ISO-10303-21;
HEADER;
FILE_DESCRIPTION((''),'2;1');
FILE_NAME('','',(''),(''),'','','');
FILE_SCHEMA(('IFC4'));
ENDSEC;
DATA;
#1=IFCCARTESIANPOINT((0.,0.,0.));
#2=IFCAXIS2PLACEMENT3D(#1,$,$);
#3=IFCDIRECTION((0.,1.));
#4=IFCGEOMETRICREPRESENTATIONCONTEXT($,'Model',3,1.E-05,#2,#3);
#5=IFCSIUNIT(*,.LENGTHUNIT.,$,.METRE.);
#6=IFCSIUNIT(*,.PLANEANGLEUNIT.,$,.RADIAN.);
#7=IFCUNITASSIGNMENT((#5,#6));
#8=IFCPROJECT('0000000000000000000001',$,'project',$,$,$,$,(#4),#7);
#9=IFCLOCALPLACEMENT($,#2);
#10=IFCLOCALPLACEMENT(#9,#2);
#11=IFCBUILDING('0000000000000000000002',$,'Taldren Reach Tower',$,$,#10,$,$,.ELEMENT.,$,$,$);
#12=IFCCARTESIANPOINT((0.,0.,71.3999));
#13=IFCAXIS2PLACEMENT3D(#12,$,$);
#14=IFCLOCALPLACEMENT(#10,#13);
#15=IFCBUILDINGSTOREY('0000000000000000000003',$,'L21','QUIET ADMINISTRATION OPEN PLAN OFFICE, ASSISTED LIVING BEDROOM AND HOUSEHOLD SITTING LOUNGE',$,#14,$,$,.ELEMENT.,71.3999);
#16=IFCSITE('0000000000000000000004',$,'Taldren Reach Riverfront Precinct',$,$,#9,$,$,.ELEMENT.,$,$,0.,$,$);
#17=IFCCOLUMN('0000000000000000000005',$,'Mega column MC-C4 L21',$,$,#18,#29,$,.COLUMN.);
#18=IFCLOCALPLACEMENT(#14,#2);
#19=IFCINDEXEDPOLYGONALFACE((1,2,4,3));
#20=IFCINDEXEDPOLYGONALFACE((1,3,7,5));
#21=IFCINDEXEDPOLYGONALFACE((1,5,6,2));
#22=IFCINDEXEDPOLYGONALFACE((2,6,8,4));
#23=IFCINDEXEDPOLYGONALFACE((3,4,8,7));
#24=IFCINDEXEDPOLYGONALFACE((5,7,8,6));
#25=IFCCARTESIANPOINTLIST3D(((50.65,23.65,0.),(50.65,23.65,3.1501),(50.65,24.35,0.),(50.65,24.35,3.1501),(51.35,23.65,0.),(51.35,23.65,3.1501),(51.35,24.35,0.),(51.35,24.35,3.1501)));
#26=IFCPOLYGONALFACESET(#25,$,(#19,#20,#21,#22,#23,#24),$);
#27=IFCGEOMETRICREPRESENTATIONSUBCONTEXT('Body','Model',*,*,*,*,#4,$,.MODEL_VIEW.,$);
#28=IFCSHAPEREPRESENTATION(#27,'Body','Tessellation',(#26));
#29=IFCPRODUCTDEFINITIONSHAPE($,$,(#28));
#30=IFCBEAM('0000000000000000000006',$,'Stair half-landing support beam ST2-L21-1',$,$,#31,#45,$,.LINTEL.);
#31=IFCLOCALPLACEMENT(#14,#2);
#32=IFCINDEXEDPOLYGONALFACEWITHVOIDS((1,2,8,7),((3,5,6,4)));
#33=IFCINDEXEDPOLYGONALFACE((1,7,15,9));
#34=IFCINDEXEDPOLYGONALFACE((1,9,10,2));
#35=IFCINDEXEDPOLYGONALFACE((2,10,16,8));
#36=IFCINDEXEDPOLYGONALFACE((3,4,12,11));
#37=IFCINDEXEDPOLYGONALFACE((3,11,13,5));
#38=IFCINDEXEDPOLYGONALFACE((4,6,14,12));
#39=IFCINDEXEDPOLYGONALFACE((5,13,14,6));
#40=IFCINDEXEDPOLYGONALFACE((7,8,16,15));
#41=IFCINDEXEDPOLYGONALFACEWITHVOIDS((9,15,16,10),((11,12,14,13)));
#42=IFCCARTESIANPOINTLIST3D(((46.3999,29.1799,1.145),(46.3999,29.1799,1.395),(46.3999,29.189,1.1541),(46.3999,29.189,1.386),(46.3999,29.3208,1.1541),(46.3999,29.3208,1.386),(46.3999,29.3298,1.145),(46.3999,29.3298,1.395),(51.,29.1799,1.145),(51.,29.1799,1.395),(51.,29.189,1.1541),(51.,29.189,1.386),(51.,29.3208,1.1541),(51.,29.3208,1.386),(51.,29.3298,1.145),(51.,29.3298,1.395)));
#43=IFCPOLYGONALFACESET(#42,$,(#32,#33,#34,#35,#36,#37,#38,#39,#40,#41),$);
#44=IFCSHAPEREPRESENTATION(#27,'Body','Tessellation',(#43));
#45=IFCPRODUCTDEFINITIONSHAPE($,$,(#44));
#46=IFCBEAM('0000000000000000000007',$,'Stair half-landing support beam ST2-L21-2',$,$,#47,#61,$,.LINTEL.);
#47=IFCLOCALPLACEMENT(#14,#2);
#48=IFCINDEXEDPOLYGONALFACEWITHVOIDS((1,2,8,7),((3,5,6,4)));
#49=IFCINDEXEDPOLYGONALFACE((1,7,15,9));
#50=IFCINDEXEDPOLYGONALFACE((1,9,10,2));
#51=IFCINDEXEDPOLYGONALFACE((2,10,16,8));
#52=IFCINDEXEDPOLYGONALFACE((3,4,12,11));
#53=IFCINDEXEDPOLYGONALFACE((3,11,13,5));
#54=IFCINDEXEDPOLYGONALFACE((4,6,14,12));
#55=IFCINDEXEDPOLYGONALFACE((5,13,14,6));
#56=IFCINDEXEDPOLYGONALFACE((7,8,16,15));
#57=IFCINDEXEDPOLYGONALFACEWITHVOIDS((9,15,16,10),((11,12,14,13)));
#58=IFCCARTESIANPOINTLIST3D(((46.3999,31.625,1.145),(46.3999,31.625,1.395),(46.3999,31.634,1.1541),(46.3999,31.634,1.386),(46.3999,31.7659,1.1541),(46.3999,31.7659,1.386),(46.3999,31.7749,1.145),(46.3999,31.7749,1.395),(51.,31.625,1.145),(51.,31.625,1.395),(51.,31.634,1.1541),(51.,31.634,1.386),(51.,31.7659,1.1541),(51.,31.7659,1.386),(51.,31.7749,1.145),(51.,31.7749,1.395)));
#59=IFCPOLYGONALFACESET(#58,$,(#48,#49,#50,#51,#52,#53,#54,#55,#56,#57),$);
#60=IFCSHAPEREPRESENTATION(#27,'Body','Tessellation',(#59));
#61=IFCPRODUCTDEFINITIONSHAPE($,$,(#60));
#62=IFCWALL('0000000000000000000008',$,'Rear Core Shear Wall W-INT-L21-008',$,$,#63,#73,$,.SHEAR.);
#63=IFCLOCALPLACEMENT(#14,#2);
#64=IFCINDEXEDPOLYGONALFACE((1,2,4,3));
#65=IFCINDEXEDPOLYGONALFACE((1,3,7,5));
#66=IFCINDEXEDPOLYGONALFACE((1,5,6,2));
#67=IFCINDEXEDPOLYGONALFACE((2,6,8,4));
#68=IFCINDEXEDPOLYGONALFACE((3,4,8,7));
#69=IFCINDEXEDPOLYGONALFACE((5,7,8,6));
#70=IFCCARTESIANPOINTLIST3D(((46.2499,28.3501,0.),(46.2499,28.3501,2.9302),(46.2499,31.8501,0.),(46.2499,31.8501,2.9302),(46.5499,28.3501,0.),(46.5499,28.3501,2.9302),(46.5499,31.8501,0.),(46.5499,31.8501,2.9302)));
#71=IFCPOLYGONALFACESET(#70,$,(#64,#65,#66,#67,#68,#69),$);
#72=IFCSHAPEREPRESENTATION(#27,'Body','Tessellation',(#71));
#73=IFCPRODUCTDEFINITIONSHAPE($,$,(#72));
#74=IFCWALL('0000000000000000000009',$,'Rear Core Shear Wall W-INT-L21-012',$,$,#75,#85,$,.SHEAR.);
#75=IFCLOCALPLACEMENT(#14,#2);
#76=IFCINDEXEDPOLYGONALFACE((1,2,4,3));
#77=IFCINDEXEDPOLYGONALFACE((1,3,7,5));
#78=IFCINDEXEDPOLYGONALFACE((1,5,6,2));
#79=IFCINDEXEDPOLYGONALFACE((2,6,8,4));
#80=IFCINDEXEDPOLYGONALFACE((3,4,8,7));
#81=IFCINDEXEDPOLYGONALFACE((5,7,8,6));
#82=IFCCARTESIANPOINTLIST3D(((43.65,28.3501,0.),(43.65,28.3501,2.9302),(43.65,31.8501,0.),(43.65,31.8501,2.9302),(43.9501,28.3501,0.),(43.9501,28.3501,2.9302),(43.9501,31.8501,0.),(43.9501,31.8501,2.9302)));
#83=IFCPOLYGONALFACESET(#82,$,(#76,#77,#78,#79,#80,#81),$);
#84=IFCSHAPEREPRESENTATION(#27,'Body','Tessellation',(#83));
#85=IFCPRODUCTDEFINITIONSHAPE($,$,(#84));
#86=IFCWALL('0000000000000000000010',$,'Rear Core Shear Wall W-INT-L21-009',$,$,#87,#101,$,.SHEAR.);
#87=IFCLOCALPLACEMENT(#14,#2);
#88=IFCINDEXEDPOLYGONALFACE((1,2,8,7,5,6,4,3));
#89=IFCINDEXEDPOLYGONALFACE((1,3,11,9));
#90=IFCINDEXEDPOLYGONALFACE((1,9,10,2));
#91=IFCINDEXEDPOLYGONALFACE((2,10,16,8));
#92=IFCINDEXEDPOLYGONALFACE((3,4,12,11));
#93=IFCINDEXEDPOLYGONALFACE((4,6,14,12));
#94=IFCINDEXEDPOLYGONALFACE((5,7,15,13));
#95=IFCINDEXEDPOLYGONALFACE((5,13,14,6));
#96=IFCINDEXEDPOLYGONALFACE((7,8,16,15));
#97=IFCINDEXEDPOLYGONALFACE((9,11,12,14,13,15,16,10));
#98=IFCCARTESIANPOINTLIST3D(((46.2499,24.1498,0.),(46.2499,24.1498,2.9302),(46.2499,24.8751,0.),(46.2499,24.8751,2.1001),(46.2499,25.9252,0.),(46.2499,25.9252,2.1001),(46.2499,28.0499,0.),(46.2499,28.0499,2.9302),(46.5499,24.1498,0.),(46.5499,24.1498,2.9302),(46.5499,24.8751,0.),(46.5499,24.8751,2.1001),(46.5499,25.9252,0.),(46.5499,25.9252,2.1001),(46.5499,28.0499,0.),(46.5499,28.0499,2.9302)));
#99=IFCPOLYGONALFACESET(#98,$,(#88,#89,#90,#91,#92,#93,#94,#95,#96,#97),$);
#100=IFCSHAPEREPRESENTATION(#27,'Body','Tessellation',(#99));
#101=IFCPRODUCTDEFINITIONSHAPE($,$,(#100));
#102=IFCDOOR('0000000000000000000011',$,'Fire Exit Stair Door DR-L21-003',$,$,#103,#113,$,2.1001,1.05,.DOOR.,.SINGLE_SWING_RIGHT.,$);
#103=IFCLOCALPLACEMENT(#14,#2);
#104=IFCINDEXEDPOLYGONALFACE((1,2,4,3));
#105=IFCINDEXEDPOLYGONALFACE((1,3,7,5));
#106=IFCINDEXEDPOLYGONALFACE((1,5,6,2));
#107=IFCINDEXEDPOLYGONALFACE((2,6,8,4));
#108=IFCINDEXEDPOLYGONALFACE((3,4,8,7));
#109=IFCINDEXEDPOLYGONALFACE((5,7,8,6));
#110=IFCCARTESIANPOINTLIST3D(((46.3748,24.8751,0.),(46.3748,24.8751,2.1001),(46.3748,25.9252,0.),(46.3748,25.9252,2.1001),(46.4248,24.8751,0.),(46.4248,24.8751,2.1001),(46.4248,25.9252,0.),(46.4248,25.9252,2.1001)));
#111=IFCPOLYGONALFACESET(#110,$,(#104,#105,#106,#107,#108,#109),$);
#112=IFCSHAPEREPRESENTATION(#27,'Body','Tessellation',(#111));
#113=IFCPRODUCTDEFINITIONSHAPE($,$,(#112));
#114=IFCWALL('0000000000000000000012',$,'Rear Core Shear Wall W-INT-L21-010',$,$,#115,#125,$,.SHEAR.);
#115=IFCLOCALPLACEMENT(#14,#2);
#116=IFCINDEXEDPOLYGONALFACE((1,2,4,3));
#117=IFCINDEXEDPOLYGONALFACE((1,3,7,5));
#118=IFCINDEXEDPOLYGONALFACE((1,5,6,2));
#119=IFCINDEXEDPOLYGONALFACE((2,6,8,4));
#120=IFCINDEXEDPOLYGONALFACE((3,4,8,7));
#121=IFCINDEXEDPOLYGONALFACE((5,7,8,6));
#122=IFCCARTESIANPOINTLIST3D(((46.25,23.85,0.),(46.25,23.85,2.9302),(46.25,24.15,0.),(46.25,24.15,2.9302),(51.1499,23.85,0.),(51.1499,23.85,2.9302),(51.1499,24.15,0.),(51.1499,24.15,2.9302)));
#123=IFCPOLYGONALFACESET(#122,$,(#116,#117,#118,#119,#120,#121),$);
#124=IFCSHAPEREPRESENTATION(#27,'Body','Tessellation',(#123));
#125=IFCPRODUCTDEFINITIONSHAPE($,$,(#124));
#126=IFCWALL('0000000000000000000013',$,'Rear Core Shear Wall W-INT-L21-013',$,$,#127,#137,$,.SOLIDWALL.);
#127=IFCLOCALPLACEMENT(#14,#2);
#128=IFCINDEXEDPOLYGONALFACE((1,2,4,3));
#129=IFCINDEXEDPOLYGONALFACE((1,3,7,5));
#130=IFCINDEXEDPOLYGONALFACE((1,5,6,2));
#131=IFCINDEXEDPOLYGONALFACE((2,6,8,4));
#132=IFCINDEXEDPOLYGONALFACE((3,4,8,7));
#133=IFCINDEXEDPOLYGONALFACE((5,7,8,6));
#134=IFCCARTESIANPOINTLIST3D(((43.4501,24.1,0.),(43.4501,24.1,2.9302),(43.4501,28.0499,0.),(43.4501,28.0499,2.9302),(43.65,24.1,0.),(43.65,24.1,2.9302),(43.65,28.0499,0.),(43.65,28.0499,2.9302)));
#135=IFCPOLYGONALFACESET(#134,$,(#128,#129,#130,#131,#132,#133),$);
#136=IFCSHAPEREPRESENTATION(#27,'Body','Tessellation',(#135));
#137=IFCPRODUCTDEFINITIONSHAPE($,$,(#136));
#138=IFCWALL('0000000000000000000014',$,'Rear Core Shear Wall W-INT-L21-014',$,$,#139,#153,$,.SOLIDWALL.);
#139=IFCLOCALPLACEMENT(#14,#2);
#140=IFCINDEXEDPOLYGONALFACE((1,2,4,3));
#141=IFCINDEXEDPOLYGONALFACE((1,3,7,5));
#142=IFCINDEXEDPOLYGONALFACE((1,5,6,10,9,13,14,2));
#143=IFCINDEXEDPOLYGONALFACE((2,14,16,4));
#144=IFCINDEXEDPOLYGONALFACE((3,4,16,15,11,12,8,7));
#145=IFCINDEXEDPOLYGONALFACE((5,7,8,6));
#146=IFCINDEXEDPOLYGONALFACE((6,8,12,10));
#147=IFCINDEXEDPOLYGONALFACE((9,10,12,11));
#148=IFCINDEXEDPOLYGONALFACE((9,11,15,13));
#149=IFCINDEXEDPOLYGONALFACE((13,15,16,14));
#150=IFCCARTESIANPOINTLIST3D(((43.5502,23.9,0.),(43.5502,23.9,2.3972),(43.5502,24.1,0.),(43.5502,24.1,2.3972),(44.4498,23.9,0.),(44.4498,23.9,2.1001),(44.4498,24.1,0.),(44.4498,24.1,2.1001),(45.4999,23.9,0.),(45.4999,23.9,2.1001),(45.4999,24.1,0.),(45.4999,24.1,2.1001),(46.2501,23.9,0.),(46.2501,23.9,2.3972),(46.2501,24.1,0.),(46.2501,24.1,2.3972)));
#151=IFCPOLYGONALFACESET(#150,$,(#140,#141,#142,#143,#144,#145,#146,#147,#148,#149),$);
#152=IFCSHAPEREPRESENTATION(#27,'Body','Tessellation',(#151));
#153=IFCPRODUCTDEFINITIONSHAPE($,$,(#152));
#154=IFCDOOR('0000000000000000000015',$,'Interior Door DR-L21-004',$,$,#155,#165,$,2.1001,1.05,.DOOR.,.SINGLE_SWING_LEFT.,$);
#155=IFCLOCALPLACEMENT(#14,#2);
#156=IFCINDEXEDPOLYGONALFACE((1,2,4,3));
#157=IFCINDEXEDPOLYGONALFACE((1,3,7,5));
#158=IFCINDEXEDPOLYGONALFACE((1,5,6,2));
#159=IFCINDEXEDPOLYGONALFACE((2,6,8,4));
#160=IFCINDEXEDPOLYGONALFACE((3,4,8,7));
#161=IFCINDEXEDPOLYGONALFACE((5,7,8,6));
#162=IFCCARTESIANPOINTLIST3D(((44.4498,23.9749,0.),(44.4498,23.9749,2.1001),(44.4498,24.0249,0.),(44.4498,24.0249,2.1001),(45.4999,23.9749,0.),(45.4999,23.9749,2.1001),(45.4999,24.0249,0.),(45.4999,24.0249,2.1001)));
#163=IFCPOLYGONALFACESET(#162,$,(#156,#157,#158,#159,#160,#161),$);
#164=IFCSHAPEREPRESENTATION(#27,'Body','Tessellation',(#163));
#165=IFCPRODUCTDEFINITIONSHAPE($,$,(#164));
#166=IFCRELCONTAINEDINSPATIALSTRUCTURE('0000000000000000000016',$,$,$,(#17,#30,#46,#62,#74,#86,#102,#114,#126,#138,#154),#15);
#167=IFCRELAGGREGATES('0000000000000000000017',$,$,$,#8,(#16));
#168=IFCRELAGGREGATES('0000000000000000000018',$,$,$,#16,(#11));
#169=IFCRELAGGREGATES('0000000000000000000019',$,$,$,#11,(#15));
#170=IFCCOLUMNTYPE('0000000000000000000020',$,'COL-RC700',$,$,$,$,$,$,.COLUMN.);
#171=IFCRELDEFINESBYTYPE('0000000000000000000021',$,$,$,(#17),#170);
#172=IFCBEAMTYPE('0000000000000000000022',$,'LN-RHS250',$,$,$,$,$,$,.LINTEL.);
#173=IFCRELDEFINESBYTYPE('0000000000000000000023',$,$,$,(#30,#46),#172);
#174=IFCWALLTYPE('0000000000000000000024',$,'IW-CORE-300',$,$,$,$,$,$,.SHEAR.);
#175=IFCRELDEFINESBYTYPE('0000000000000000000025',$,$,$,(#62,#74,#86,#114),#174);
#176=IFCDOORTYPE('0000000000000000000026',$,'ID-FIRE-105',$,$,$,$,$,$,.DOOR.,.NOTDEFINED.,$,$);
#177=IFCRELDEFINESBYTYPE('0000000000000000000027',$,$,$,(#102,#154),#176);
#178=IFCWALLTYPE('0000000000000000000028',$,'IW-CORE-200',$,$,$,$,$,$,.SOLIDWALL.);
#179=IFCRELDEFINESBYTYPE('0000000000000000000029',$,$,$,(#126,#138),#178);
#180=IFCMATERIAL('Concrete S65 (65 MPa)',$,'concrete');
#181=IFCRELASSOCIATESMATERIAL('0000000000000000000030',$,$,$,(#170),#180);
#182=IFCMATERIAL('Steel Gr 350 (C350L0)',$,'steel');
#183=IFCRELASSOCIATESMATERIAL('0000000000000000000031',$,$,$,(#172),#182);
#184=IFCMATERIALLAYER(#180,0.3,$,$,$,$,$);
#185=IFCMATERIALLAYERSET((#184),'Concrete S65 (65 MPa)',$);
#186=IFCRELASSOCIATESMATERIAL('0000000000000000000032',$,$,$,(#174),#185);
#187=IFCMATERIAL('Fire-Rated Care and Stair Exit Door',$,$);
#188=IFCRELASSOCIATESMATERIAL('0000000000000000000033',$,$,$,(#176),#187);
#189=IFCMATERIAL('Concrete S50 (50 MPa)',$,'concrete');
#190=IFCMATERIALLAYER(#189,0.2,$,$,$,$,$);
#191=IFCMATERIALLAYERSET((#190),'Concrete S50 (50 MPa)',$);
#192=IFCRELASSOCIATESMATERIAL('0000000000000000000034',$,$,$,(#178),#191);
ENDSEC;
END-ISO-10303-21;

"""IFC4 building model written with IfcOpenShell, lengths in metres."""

from ifc_helpers import new_model, si_unit, direction, frame, frame_2d, origin, origin_2d, place, context, subcontext, project, spatial, rectangle, hollow_rectangle, extrude, source, transform, mapped, material, layer, layer_set, material_profile, profile_set, type_object, element, fill, save


model = new_model("IFC4")

# Units and contexts
model_context = context("Model", 3, precision=1e-05, world=origin(), true_north=direction((0.0, 1.0)))
body_context = subcontext(model_context, "Body", "Model", "MODEL_VIEW")
ifc_project = project(units=[si_unit("LENGTHUNIT", "METRE"), si_unit("PLANEANGLEUNIT", "RADIAN")], contexts=[model_context])

# Site, building, storey
site_placement = place(None, origin())
site = spatial("IfcSite", under=ifc_project, at=site_placement, Name="Taldren Reach Riverfront Precinct", CompositionType="ELEMENT", RefElevation=0.0)
building_placement = place(site_placement, origin())
building = spatial("IfcBuilding", under=site, at=building_placement, Name="Taldren Reach Tower", CompositionType="ELEMENT")
storey_placement = place(building_placement, frame((0.0, 0.0, 71.3999)))
storey = spatial("IfcBuildingStorey", under=building, at=storey_placement, Name="L21", Description="QUIET ADMINISTRATION OPEN PLAN OFFICE, ASSISTED LIVING BEDROOM AND HOUSEHOLD SITTING LOUNGE", CompositionType="ELEMENT", Elevation=71.3999)

# Column
ifc_material_1 = material(Name="Concrete S65 (65 MPa)", Category="concrete")
ifc_material_profile_1 = material_profile(ifc_material_1, rectangle(XDim=0.7, YDim=0.7, at=origin_2d()), Name="RC-700x700")
ifc_profile_set_1 = profile_set([ifc_material_profile_1], Name="Concrete S65 (65 MPa)")
column_type = type_object("IfcColumnType", Name="COL-RC700", PredefinedType="COLUMN", material=ifc_profile_set_1)
shared_shape_1 = source(origin(), body_context, "Body", "SweptSolid", [
    extrude(rectangle(XDim=0.7, YDim=0.7, at=origin_2d()), origin(), (0.0, 0.0, 1.0), 3.1501),
])
column_placement = place(storey_placement, frame((51.0, 24.0, 0.0), z_axis=(0.0, 0.0, 1.0), x_axis=(1.0, 0.0, 0.0)))
element("IfcColumn", 1, at=column_placement, inside=storey, type_object=column_type, Name="Mega column MC-C4 L21", PredefinedType="COLUMN", context=body_context, shape_type="MappedRepresentation", body=[
    mapped(shared_shape_1, transform((0.0, 0.0, 0.0), scale=1.0)),
])

# Beams
ifc_material_2 = material(Name="Steel Gr 350 (C350L0)", Category="steel")
ifc_material_profile_2 = material_profile(ifc_material_2, hollow_rectangle(XDim=0.1499, YDim=0.25, WallThickness=0.009, at=origin_2d()), Name="250x150x9.0RHS")
ifc_profile_set_2 = profile_set([ifc_material_profile_2], Name="Steel Gr 350 (C350L0)")
beam_type = type_object("IfcBeamType", Name="LN-RHS250", PredefinedType="LINTEL", material=ifc_profile_set_2)
shared_shape_2 = source(origin(), body_context, "Body", "SweptSolid", [
    extrude(hollow_rectangle(XDim=0.1499, YDim=0.25, WallThickness=0.009, at=origin_2d()), origin(), (0.0, 0.0, 1.0), 4.6001),
])
for number, where, z_axis, x_axis, name in (
    (2, (46.3999, 29.2549, 1.27), (1.0, 0.0, 0.0), (0.0, 1.0, 0.0), "Stair half-landing support beam ST2-L21-1"),
    (3, (46.3999, 31.7, 1.27), (1.0, 0.0, 0.0), (0.0, 1.0, 0.0), "Stair half-landing support beam ST2-L21-2"),
):
    element("IfcBeam", number, at=place(storey_placement, frame(where, z_axis=z_axis, x_axis=x_axis)), inside=storey, type_object=beam_type, Name=name, PredefinedType="LINTEL", context=body_context, shape_type="MappedRepresentation", body=[
        mapped(shared_shape_2, transform((0.0, 0.0, 0.0), scale=1.0)),
    ])

# Walls
ifc_layer_1 = layer(ifc_material_1, 0.3)
ifc_layer_set_1 = layer_set([ifc_layer_1], Name="Concrete S65 (65 MPa)")
wall_type_1 = type_object("IfcWallType", Name="IW-CORE-300", PredefinedType="SHEAR", material=ifc_layer_set_1)
shared_shape_3 = source(origin(), body_context, "Body", "SweptSolid", [
    extrude(rectangle(XDim=3.5, YDim=0.3, at=frame_2d((1.75, 0.0))), origin(), (0.0, 0.0, 1.0), 2.9302),
])
for number, where, z_axis, x_axis, name in (
    (4, (46.3999, 31.8501, 0.0), (0.0, 0.0, 1.0), (0.0, -1.0, 0.0), "Rear Core Shear Wall W-INT-L21-008"),
    (5, (43.8, 31.8501, 0.0), (0.0, 0.0, 1.0), (0.0, -1.0, 0.0), "Rear Core Shear Wall W-INT-L21-012"),
):
    element("IfcWall", number, at=place(storey_placement, frame(where, z_axis=z_axis, x_axis=x_axis)), inside=storey, type_object=wall_type_1, Name=name, PredefinedType="SHEAR", context=body_context, shape_type="MappedRepresentation", body=[
        mapped(shared_shape_3, transform((0.0, 0.0, 0.0), scale=1.0)),
    ])

# Wall, opening, door
shared_shape_4 = source(origin(), body_context, "Body", "SweptSolid", [
    extrude(rectangle(XDim=3.9001, YDim=0.3, at=frame_2d((1.9502, 0.0))), origin(), (0.0, 0.0, 1.0), 2.9302),
])
wall_1_placement = place(storey_placement, frame((46.3999, 28.05, 0.0), z_axis=(0.0, 0.0, 1.0), x_axis=(0.0, -1.0, 0.0)))
wall_1 = element("IfcWall", 6, at=wall_1_placement, inside=storey, type_object=wall_type_1, Name="Rear Core Shear Wall W-INT-L21-009", PredefinedType="SHEAR", context=body_context, shape_type="MappedRepresentation", body=[
    mapped(shared_shape_4, transform((0.0, 0.0, 0.0), scale=1.0)),
])
shared_shape_5 = source(origin(), body_context, "Body", "SweptSolid", [
    extrude(rectangle(XDim=1.05, YDim=2.1001, at=frame_2d((0.5249, 1.05))), frame((0.0, 0.1602, 0.0), z_axis=(0.0, -1.0, 0.0), x_axis=(1.0, 0.0, 0.0)), (0.0, 0.0, 1.0), 0.3201),
])
opening_1_placement = place(wall_1_placement, frame((2.125, 0.0, 0.0)))
opening_1 = element("IfcOpeningElement", 7, at=opening_1_placement, cuts=wall_1, PredefinedType="OPENING", context=body_context, shape_type="MappedRepresentation", body=[
    mapped(shared_shape_5, transform((0.0, 0.0, 0.0), scale=1.0)),
])
ifc_material_3 = material(Name="Fire-Rated Care and Stair Exit Door")
door_type_1 = type_object("IfcDoorType", Name="ID-FIRE-105", OperationType="NOTDEFINED", PredefinedType="DOOR", material=ifc_material_3)
shared_shape_6 = source(origin(), body_context, "Body", "SweptSolid", [
    extrude(rectangle(XDim=1.05, YDim=2.1001, at=frame_2d((0.5249, 1.05))), frame((0.0, 0.0249, 0.0), z_axis=(0.0, -1.0, 0.0), x_axis=(1.0, 0.0, 0.0)), (0.0, 0.0, 1.0), 0.05),
])
door_1_placement = place(opening_1_placement, origin())
door_1 = element("IfcDoor", 8, at=door_1_placement, inside=storey, type_object=door_type_1, Name="Fire Exit Stair Door DR-L21-003", OperationType="SINGLE_SWING_RIGHT", OverallHeight=2.1001, OverallWidth=1.05, PredefinedType="DOOR", context=body_context, shape_type="MappedRepresentation", body=[
    mapped(shared_shape_6, transform((0.0, 0.0, 0.0), scale=1.0)),
])
fill(opening_1, door_1)

# Wall
shared_shape_7 = source(origin(), body_context, "Body", "SweptSolid", [
    extrude(rectangle(XDim=4.8999, YDim=0.3, at=frame_2d((2.45, 0.0))), origin(), (0.0, 0.0, 1.0), 2.9302),
])
wall_2_placement = place(storey_placement, frame((46.25, 24.0, 0.0), z_axis=(0.0, 0.0, 1.0), x_axis=(1.0, 0.0, 0.0)))
element("IfcWall", 9, at=wall_2_placement, inside=storey, type_object=wall_type_1, Name="Rear Core Shear Wall W-INT-L21-010", PredefinedType="SHEAR", context=body_context, shape_type="MappedRepresentation", body=[
    mapped(shared_shape_7, transform((0.0, 0.0, 0.0), scale=1.0)),
])

# Wall
ifc_material_4 = material(Name="Concrete S50 (50 MPa)", Category="concrete")
ifc_layer_2 = layer(ifc_material_4, 0.2)
ifc_layer_set_2 = layer_set([ifc_layer_2], Name="Concrete S50 (50 MPa)")
wall_type_2 = type_object("IfcWallType", Name="IW-CORE-200", PredefinedType="SOLIDWALL", material=ifc_layer_set_2)
shared_shape_8 = source(origin(), body_context, "Body", "SweptSolid", [
    extrude(rectangle(XDim=3.95, YDim=0.2, at=frame_2d((1.9751, 0.0))), origin(), (0.0, 0.0, 1.0), 2.9302),
])
wall_3_placement = place(storey_placement, frame((43.55, 28.05, 0.0), z_axis=(0.0, 0.0, 1.0), x_axis=(0.0, -1.0, 0.0)))
element("IfcWall", 10, at=wall_3_placement, inside=storey, type_object=wall_type_2, Name="Rear Core Shear Wall W-INT-L21-013", PredefinedType="SOLIDWALL", context=body_context, shape_type="MappedRepresentation", body=[
    mapped(shared_shape_8, transform((0.0, 0.0, 0.0), scale=1.0)),
])

# Wall, opening, door
shared_shape_9 = source(origin(), body_context, "Body", "SweptSolid", [
    extrude(rectangle(XDim=2.7, YDim=0.2, at=frame_2d((1.3501, 0.0))), origin(), (0.0, 0.0, 1.0), 2.3972),
])
wall_4_placement = place(storey_placement, frame((43.55, 24.0, 0.0), z_axis=(0.0, 0.0, 1.0), x_axis=(1.0, 0.0, 0.0)))
wall_4 = element("IfcWall", 11, at=wall_4_placement, inside=storey, type_object=wall_type_2, Name="Rear Core Shear Wall W-INT-L21-014", PredefinedType="SOLIDWALL", context=body_context, shape_type="MappedRepresentation", body=[
    mapped(shared_shape_9, transform((0.0, 0.0, 0.0), scale=1.0)),
])
shared_shape_10 = source(origin(), body_context, "Body", "SweptSolid", [
    extrude(rectangle(XDim=1.05, YDim=2.1001, at=frame_2d((0.5249, 1.05))), frame((0.0, 0.1099, 0.0), z_axis=(0.0, -1.0, 0.0), x_axis=(1.0, 0.0, 0.0)), (0.0, 0.0, 1.0), 0.22),
])
opening_2_placement = place(wall_4_placement, frame((0.8999, 0.0, 0.0)))
opening_2 = element("IfcOpeningElement", 12, at=opening_2_placement, cuts=wall_4, PredefinedType="OPENING", context=body_context, shape_type="MappedRepresentation", body=[
    mapped(shared_shape_10, transform((0.0, 0.0, 0.0), scale=1.0)),
])
door_2_placement = place(opening_2_placement, origin())
door_2 = element("IfcDoor", 13, at=door_2_placement, inside=storey, type_object=door_type_1, Name="Interior Door DR-L21-004", OperationType="SINGLE_SWING_LEFT", OverallHeight=2.1001, OverallWidth=1.05, PredefinedType="DOOR", context=body_context, shape_type="MappedRepresentation", body=[
    mapped(shared_shape_6, transform((0.0, 0.0, 0.0), scale=1.0)),
])
fill(opening_2, door_2)

save(model, "model.ifc")
